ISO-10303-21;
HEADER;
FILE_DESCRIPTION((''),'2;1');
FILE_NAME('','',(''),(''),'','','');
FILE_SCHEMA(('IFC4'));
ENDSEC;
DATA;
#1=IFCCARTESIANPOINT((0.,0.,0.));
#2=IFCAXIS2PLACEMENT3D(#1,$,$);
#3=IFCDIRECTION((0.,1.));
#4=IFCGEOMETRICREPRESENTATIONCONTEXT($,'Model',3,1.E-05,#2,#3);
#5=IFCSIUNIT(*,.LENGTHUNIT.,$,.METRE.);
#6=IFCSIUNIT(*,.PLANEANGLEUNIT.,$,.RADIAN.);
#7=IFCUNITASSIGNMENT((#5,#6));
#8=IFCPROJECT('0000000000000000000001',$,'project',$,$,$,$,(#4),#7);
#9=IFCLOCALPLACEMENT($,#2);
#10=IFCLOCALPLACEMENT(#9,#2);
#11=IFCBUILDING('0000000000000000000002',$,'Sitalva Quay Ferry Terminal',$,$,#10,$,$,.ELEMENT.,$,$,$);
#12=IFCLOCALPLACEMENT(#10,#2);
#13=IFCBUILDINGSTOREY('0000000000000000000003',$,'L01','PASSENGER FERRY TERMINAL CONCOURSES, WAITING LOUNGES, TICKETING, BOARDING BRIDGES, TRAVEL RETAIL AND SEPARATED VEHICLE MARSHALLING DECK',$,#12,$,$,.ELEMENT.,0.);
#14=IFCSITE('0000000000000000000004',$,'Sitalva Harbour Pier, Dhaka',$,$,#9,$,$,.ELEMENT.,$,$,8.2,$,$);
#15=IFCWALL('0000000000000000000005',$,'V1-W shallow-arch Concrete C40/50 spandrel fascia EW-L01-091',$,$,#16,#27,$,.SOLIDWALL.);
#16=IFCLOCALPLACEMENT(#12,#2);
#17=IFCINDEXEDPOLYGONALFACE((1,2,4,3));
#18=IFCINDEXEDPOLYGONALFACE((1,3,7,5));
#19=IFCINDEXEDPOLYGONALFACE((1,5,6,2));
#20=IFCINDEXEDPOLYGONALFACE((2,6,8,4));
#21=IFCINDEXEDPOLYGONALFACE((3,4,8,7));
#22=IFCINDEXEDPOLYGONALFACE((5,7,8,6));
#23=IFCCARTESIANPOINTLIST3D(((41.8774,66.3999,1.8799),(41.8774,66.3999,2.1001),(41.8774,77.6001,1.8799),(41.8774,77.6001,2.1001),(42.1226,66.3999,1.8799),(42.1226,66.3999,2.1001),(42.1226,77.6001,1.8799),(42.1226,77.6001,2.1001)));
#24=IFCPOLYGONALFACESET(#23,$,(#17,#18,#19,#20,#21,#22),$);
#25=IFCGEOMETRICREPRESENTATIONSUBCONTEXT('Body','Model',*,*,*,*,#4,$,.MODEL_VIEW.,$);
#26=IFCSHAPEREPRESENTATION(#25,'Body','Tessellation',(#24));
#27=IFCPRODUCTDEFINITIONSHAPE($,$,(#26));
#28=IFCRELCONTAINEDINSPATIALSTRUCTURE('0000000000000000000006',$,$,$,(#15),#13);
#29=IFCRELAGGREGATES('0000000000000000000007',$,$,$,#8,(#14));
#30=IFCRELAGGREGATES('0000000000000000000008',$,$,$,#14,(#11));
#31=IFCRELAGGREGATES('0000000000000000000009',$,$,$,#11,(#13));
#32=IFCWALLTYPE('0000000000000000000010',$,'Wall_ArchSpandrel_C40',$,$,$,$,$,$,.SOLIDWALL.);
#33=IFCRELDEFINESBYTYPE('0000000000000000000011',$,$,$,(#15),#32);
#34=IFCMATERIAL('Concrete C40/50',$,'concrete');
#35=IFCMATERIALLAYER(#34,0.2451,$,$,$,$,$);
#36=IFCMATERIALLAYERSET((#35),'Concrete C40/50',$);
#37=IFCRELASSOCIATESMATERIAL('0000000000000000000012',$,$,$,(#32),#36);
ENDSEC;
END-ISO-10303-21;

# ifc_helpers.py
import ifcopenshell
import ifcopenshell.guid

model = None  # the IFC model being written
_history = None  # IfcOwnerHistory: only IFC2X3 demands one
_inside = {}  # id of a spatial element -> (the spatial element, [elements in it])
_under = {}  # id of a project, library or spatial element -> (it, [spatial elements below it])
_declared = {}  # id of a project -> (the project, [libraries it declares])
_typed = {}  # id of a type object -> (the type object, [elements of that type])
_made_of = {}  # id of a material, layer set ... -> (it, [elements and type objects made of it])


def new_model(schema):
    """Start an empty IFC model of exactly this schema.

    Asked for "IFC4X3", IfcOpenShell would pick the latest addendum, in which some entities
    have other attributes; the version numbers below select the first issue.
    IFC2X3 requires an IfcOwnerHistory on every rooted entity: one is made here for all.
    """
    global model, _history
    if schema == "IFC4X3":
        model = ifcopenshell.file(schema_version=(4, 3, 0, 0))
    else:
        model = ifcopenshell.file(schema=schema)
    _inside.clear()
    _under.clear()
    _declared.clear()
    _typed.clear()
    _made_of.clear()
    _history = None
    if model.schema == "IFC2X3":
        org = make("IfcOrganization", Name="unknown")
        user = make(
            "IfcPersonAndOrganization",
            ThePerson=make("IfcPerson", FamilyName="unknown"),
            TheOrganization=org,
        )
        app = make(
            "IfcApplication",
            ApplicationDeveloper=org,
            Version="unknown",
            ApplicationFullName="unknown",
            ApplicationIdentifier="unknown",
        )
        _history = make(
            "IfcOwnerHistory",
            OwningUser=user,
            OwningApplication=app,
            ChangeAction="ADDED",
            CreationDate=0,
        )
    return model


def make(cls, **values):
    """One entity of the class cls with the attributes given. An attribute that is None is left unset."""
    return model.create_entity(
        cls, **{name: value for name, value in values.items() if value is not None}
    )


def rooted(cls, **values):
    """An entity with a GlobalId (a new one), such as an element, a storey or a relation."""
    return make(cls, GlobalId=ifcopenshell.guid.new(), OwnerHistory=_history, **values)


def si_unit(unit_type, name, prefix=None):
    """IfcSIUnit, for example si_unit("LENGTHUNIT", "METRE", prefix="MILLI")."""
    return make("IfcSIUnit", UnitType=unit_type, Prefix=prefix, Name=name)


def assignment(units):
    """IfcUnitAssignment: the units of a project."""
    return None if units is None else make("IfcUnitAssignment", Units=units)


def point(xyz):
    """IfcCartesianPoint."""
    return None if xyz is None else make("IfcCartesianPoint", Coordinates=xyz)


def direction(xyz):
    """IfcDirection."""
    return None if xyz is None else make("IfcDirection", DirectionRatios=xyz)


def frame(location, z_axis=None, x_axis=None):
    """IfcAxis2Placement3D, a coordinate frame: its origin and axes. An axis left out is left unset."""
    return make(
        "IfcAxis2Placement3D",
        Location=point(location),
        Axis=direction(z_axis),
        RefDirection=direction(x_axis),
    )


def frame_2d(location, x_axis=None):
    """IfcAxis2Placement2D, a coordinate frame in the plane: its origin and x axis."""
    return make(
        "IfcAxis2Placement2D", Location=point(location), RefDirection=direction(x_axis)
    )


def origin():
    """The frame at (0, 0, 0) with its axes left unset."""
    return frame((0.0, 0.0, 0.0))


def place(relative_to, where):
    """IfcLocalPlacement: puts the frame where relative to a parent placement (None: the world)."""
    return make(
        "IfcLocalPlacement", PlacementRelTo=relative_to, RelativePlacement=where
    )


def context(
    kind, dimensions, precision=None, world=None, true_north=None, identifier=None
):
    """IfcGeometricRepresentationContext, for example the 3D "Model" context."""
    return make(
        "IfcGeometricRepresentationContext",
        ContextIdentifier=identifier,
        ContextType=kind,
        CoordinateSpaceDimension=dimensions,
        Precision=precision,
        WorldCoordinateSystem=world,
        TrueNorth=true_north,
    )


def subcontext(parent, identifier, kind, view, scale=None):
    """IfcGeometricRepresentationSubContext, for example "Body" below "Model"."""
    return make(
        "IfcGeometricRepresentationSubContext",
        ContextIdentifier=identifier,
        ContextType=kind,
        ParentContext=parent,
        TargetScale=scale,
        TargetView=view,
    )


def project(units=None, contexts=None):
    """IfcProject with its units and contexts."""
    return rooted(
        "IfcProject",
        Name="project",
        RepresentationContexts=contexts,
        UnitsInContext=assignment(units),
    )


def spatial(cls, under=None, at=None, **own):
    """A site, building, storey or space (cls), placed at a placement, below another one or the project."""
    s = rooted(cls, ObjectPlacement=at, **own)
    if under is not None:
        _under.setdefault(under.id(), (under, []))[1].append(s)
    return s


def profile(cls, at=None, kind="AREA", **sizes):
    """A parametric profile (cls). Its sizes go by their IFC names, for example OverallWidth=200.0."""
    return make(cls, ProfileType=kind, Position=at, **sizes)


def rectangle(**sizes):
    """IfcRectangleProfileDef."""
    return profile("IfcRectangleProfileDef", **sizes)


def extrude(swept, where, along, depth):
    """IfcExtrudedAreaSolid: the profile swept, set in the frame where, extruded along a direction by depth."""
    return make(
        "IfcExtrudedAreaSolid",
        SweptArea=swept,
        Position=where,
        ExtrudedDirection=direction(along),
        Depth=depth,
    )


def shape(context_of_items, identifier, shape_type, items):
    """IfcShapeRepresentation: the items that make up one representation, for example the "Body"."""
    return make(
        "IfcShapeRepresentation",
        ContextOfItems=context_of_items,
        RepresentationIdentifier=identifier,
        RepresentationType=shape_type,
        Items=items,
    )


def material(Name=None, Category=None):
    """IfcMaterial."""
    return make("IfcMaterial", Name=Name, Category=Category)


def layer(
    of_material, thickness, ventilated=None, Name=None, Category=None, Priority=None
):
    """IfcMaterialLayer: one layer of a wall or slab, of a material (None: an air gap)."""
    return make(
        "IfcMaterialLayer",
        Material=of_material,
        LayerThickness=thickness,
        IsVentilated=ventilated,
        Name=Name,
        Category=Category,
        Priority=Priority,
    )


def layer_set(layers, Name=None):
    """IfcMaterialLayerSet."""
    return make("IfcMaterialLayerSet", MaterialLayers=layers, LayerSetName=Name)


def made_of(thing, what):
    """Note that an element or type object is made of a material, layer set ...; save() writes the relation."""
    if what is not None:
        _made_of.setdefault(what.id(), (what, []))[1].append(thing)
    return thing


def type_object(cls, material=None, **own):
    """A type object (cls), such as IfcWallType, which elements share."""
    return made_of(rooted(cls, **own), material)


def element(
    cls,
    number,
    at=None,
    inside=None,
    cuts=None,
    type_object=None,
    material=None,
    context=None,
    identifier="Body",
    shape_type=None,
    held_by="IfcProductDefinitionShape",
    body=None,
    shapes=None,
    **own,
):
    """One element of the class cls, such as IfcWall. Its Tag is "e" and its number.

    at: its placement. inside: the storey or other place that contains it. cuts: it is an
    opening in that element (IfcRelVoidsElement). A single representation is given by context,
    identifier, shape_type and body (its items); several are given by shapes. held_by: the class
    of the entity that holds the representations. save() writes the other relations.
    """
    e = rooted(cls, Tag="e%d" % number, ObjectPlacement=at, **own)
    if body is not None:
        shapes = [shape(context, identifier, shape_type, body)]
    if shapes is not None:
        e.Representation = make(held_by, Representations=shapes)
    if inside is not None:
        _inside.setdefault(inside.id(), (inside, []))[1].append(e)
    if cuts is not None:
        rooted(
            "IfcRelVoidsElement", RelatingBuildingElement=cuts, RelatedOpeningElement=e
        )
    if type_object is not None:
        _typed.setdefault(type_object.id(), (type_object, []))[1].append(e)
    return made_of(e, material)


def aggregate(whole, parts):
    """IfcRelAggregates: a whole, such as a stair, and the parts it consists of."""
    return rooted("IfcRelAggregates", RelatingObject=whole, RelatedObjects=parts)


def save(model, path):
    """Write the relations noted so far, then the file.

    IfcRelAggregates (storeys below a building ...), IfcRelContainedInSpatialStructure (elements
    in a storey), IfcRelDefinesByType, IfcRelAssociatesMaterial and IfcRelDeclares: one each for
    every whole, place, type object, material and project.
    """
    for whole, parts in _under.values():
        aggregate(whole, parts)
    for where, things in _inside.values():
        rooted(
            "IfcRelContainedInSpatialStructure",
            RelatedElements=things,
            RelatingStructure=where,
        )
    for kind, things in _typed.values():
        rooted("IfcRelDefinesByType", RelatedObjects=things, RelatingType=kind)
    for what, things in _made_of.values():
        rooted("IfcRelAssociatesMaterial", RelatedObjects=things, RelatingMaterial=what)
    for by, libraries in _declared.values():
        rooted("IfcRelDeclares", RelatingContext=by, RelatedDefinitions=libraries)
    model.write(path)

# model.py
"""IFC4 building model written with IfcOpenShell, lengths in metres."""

from ifc_helpers import new_model, si_unit, direction, frame, frame_2d, origin, place, context, subcontext, project, spatial, rectangle, extrude, material, layer, layer_set, type_object, element, save


model = new_model("IFC4")

# Units and contexts
model_context = context("Model", 3, precision=1e-05, world=origin(), true_north=direction((0.0, 1.0)))
body_context = subcontext(model_context, "Body", "Model", "MODEL_VIEW")
ifc_project = project(units=[si_unit("LENGTHUNIT", "METRE"), si_unit("PLANEANGLEUNIT", "RADIAN")], contexts=[model_context])

# Site, building, storey
site_placement = place(None, origin())
site = spatial("IfcSite", under=ifc_project, at=site_placement, Name="Sitalva Harbour Pier, Dhaka", CompositionType="ELEMENT", RefElevation=8.2)
building_placement = place(site_placement, origin())
building = spatial("IfcBuilding", under=site, at=building_placement, Name="Sitalva Quay Ferry Terminal", CompositionType="ELEMENT")
storey_placement = place(building_placement, origin())
storey = spatial("IfcBuildingStorey", under=building, at=storey_placement, Name="L01", Description="PASSENGER FERRY TERMINAL CONCOURSES, WAITING LOUNGES, TICKETING, BOARDING BRIDGES, TRAVEL RETAIL AND SEPARATED VEHICLE MARSHALLING DECK", CompositionType="ELEMENT", Elevation=0.0)

# Wall
ifc_material_1 = material(Name="Concrete C40/50", Category="concrete")
ifc_layer_1 = layer(ifc_material_1, 0.2451)
ifc_layer_set_1 = layer_set([ifc_layer_1], Name="Concrete C40/50")
wall_type_1 = type_object("IfcWallType", Name="Wall_ArchSpandrel_C40", PredefinedType="SOLIDWALL", material=ifc_layer_set_1)
wall_1_placement = place(storey_placement, frame((42.0, 66.3999, 1.8799), z_axis=(0.0, 0.0, 1.0), x_axis=(0.0, 1.0, 0.0)))
element("IfcWall", 1, at=wall_1_placement, inside=storey, type_object=wall_type_1, Name="V1-W shallow-arch Concrete C40/50 spandrel fascia EW-L01-091", PredefinedType="SOLIDWALL", context=body_context, shape_type="SweptSolid", body=[
    extrude(rectangle(XDim=11.2002, YDim=0.2451, at=frame_2d((5.6001, 0.0))), origin(), (0.0, 0.0, 1.0), 0.2202),
])

save(model, "model.ifc")
